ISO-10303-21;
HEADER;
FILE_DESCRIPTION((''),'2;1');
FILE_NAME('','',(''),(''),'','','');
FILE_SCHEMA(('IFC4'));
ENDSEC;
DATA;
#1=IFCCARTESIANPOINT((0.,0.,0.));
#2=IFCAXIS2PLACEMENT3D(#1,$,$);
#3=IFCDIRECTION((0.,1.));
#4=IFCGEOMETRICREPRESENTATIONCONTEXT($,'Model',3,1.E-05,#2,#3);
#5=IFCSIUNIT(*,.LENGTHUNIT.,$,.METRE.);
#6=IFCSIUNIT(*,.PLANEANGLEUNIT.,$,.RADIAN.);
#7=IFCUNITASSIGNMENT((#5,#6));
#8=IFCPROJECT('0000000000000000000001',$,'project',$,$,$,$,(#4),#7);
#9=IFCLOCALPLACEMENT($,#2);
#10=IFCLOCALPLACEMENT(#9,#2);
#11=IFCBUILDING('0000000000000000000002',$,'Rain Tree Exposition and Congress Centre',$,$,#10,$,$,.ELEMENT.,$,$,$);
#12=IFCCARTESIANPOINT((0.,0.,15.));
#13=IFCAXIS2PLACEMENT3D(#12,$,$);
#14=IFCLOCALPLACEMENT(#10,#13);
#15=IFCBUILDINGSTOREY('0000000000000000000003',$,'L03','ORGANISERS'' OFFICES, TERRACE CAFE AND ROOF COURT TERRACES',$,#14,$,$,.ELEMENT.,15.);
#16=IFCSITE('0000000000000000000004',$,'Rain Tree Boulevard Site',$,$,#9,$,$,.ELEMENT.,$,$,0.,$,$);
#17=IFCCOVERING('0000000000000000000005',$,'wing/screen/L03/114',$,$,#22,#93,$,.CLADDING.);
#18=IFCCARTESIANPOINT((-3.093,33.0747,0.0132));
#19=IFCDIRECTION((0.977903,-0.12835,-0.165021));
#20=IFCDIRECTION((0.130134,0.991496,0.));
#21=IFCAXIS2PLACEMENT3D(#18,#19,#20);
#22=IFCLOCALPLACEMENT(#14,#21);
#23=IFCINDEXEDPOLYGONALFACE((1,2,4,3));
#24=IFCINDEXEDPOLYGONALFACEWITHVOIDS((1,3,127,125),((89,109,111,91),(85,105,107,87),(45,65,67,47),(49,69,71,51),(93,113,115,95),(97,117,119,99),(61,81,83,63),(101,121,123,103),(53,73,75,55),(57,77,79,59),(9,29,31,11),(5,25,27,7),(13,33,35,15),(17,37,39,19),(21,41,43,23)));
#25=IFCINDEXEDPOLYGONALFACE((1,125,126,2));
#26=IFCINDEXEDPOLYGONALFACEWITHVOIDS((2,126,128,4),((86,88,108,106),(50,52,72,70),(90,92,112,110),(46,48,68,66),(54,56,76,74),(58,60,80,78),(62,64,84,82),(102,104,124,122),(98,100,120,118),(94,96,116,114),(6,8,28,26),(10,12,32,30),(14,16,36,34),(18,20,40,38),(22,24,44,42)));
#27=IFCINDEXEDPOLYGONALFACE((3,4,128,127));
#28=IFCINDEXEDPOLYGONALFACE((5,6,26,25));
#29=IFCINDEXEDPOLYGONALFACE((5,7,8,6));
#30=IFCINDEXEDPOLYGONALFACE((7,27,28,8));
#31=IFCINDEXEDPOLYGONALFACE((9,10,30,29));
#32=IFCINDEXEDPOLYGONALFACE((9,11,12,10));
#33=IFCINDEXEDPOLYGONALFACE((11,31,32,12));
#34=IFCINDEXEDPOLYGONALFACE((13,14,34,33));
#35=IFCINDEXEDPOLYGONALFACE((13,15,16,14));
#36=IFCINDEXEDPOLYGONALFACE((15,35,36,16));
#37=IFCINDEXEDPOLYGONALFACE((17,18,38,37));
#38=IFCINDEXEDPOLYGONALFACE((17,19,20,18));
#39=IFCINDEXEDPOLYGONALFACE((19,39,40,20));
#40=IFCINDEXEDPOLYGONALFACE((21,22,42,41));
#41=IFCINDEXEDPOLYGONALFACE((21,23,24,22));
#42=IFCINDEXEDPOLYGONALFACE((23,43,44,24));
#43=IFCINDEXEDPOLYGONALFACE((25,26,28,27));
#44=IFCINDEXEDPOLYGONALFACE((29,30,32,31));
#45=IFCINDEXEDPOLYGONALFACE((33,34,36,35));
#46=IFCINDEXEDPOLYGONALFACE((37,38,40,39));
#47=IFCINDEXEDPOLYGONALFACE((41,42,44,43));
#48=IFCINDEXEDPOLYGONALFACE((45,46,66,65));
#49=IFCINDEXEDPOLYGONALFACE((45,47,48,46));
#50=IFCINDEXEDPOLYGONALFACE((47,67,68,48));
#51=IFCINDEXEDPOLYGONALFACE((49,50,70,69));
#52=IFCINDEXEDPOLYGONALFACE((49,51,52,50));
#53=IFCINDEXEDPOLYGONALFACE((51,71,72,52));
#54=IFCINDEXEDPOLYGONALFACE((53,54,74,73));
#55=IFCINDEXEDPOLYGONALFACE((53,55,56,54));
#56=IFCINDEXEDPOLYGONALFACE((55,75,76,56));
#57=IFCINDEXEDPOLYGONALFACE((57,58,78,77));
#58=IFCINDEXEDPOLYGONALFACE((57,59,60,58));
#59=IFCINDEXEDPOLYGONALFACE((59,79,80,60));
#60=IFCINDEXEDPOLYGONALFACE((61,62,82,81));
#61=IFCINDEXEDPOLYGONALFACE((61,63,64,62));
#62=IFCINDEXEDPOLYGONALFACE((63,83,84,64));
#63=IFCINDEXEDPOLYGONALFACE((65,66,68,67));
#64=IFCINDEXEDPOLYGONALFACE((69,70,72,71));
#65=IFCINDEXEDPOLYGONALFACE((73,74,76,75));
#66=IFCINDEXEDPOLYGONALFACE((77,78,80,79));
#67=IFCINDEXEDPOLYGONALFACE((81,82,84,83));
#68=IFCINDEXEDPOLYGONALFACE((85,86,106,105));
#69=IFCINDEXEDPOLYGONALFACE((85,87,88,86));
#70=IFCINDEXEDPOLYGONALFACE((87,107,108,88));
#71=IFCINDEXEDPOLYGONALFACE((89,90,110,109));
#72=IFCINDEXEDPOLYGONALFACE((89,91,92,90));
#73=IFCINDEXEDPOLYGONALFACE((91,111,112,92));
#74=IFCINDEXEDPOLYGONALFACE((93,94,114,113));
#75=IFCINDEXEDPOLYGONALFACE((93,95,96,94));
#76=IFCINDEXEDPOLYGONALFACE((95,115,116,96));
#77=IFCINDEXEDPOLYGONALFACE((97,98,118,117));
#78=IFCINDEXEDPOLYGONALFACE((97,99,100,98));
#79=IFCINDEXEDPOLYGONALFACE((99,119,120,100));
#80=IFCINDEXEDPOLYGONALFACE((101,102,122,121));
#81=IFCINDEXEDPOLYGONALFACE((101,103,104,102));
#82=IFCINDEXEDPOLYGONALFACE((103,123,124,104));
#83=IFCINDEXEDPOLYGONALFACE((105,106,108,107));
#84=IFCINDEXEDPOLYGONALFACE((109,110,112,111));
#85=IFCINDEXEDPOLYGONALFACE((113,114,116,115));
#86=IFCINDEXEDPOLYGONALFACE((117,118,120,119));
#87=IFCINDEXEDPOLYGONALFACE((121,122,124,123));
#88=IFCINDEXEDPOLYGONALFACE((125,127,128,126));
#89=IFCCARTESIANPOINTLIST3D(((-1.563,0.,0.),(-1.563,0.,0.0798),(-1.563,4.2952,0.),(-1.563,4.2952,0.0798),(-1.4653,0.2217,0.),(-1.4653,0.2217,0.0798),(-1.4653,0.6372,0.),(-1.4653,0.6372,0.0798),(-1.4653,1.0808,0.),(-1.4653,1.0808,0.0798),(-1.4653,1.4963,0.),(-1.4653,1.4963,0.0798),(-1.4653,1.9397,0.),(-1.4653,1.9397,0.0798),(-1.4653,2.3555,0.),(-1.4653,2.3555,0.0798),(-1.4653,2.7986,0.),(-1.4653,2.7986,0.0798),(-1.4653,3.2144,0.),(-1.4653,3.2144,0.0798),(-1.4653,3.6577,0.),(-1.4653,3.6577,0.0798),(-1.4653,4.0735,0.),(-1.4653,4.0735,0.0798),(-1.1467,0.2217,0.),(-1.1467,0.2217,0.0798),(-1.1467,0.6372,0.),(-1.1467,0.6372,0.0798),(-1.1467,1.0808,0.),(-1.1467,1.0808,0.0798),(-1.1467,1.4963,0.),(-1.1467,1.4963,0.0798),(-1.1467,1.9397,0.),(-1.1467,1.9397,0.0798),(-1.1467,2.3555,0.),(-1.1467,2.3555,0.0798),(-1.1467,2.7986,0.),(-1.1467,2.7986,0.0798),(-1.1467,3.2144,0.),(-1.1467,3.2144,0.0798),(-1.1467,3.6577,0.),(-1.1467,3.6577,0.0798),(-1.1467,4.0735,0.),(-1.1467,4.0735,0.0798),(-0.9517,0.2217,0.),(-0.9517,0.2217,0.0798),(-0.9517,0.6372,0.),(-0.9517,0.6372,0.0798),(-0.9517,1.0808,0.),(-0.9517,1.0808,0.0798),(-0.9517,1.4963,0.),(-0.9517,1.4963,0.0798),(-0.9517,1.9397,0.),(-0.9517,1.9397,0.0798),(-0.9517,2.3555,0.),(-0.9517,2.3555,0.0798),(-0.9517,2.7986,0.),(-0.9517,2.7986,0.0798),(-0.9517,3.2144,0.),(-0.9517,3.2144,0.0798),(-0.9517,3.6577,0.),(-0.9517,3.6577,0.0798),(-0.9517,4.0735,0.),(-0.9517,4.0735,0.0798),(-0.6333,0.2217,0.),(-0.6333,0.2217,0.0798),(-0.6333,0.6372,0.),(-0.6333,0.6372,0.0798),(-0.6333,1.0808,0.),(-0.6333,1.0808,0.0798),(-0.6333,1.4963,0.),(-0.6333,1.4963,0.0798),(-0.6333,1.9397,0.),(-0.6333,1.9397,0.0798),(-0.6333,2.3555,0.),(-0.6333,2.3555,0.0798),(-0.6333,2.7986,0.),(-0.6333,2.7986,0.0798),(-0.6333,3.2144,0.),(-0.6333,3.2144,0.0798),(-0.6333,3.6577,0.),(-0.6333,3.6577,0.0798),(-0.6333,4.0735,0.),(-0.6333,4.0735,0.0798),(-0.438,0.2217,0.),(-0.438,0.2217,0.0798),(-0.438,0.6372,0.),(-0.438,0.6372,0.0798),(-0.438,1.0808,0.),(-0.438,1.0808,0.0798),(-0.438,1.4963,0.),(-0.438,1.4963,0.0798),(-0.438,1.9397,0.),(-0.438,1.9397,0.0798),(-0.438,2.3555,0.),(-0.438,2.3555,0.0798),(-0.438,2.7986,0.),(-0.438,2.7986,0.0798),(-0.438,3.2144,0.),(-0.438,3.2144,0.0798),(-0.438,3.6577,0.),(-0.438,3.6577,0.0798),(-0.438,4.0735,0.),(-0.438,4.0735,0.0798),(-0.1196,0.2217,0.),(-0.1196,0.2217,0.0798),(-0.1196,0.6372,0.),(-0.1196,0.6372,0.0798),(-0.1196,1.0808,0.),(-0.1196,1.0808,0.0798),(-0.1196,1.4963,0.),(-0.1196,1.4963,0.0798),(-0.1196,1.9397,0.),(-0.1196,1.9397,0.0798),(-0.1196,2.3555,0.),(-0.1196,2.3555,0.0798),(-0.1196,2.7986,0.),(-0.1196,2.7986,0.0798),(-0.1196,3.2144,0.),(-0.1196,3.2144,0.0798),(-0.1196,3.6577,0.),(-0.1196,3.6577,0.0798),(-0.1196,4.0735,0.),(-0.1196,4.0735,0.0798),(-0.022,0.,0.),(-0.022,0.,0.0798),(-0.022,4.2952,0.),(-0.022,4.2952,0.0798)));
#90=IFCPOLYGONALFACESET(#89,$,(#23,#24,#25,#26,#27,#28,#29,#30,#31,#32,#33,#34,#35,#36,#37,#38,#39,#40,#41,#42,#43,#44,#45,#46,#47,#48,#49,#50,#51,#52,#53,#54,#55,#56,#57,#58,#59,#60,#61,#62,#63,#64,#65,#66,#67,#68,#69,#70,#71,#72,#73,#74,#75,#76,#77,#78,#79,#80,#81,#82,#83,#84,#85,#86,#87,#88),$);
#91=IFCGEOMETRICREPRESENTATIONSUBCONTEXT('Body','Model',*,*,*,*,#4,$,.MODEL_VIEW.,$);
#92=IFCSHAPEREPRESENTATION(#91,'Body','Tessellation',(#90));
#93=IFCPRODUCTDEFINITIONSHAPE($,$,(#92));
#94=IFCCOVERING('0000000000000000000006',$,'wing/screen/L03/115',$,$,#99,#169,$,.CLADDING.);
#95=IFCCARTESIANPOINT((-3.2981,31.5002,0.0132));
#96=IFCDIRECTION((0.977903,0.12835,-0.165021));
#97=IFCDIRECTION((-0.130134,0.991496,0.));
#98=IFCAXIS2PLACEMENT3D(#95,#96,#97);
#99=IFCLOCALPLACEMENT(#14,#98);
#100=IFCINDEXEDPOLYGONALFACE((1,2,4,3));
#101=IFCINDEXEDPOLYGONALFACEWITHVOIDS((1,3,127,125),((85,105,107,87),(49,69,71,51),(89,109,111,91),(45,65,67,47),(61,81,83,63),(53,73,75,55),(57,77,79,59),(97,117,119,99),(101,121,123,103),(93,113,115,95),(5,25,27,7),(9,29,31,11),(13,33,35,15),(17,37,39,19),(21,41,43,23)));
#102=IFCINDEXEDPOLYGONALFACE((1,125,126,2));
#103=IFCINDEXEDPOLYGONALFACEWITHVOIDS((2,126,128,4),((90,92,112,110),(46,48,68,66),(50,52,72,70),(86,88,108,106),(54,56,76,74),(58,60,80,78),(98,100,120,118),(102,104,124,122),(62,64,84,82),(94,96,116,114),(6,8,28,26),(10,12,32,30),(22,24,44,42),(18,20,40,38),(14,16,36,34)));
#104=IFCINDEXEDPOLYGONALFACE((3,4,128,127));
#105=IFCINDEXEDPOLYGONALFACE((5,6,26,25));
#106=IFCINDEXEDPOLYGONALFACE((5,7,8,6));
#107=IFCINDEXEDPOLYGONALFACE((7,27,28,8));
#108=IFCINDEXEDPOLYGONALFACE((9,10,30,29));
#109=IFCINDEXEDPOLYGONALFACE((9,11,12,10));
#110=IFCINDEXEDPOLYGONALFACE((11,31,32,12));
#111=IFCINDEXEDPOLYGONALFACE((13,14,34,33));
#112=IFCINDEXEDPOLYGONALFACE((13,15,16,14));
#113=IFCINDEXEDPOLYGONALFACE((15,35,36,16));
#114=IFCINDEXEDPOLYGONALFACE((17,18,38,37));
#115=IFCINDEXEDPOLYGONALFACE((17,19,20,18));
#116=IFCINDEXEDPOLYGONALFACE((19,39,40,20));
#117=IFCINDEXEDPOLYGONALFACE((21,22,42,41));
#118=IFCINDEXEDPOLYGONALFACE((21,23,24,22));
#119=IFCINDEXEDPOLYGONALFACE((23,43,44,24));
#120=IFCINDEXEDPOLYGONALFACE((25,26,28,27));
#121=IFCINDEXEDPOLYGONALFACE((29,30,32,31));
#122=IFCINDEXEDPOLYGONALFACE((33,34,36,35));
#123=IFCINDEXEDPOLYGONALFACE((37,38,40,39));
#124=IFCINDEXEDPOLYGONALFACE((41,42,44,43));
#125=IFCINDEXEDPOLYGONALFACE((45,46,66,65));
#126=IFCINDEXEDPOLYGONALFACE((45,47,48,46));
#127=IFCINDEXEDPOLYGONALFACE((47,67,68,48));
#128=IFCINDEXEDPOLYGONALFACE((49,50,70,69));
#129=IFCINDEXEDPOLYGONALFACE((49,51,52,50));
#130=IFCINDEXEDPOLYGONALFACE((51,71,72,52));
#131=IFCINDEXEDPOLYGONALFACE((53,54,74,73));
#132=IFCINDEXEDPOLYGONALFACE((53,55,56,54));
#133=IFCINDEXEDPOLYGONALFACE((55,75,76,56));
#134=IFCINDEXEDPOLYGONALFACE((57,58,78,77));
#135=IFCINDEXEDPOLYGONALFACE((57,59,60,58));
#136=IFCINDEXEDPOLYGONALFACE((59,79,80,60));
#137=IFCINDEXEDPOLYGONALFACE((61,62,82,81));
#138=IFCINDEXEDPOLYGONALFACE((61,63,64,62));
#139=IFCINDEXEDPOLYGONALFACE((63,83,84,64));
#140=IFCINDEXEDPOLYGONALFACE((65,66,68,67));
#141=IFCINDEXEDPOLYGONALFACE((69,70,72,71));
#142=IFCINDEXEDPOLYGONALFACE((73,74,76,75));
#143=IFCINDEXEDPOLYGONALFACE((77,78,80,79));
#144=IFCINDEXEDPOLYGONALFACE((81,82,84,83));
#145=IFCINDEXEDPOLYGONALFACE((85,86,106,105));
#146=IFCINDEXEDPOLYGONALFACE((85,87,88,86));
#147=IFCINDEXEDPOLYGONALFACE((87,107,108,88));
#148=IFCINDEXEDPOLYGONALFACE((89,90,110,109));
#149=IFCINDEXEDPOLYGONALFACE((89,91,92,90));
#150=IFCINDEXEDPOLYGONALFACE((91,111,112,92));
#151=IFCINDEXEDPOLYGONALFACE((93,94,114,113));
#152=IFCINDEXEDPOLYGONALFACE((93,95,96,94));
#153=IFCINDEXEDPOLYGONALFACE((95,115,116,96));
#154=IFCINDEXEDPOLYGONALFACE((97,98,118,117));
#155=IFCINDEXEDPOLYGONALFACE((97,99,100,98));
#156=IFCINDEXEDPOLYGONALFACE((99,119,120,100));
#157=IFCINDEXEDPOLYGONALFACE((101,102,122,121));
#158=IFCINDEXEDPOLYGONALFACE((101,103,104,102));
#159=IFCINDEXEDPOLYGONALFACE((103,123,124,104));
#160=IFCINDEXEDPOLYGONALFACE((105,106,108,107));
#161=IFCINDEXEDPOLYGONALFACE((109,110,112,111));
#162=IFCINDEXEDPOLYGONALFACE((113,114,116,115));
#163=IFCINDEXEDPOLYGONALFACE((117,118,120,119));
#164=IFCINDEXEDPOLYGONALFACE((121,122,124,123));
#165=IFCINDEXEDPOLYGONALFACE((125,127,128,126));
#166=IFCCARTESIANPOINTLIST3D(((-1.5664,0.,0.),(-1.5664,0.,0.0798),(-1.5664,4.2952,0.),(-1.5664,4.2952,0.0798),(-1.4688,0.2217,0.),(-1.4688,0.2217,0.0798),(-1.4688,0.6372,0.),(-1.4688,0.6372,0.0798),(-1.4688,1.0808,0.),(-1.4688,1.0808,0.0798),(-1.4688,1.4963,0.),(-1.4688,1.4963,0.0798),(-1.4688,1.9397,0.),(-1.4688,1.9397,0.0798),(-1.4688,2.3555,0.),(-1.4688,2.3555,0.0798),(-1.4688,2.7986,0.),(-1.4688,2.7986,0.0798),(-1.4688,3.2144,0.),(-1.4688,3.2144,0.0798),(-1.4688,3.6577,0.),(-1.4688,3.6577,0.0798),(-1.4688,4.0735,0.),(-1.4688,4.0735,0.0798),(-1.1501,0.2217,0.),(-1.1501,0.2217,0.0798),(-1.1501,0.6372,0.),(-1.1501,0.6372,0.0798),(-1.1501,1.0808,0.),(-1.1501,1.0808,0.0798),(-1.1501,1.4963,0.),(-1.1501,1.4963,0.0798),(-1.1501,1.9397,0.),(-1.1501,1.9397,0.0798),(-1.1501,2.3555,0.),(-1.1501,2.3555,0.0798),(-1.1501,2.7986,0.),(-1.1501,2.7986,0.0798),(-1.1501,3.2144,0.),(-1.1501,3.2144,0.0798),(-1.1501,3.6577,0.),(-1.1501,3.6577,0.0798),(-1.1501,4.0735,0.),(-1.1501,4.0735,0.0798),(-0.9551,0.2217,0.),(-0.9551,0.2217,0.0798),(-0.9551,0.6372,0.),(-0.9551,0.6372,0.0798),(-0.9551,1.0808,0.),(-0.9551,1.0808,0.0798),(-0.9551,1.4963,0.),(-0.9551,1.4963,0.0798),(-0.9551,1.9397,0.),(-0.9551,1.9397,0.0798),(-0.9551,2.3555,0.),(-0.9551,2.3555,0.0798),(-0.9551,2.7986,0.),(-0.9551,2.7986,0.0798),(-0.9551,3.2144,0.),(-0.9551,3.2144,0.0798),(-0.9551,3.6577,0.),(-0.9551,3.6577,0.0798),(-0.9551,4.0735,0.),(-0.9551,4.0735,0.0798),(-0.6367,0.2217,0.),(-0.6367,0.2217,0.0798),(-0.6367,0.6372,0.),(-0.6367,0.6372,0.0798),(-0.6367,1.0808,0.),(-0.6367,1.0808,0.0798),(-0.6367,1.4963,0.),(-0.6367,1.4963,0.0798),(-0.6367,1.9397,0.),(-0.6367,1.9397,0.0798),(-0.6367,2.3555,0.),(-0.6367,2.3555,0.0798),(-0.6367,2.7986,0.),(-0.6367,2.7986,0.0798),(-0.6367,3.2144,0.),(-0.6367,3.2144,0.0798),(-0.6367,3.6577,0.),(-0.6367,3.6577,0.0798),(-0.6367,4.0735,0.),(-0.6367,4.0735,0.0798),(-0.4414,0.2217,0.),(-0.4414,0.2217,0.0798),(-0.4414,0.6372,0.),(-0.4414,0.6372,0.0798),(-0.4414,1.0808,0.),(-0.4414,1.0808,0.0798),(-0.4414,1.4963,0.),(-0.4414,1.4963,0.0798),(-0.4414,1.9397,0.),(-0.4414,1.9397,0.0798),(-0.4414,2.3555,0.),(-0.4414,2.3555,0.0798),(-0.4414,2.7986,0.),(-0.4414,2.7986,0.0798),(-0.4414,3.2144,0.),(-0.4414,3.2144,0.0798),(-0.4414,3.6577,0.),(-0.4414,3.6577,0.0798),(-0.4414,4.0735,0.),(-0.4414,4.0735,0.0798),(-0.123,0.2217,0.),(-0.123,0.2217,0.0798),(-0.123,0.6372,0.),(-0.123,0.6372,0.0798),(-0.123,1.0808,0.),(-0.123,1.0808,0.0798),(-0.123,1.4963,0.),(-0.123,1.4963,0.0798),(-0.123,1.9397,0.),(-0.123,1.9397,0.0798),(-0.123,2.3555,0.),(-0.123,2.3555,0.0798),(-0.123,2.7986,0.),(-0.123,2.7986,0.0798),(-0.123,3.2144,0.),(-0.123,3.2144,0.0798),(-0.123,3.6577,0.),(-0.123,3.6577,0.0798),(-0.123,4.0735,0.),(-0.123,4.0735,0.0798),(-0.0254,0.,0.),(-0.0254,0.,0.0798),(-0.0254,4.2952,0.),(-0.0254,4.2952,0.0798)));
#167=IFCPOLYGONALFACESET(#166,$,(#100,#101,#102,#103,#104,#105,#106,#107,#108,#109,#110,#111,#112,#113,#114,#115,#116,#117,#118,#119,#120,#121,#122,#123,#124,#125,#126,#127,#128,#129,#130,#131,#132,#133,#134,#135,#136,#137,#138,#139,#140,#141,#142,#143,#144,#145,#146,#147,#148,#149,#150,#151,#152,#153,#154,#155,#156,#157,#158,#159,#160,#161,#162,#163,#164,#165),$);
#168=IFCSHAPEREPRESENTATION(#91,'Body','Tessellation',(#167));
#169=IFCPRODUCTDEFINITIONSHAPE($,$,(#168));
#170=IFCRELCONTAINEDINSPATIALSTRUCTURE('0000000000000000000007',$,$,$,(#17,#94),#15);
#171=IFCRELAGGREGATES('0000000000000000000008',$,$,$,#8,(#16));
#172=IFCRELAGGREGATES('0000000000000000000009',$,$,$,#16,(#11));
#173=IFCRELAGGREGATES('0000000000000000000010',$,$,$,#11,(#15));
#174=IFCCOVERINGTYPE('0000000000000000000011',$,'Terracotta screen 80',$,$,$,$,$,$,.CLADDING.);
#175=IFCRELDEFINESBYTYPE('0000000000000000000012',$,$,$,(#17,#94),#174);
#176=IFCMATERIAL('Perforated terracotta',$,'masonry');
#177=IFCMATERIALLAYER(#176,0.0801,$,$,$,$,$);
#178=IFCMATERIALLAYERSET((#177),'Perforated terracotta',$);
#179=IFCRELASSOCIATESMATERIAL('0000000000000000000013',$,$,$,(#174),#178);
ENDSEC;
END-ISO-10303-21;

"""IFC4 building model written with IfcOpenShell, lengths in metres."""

from ifc_helpers import new_model, si_unit, direction, frame, origin, place, context, subcontext, project, spatial, polyline, outline, extrude, material, layer, layer_set, type_object, element, save


model = new_model("IFC4")

# Units and contexts
model_context = context("Model", 3, precision=1e-05, world=origin(), true_north=direction((0.0, 1.0)))
body_context = subcontext(model_context, "Body", "Model", "MODEL_VIEW")
ifc_project = project(units=[si_unit("LENGTHUNIT", "METRE"), si_unit("PLANEANGLEUNIT", "RADIAN")], contexts=[model_context])

# Site, building, storey
site_placement = place(None, origin())
site = spatial("IfcSite", under=ifc_project, at=site_placement, Name="Rain Tree Boulevard Site", CompositionType="ELEMENT", RefElevation=0.0)
building_placement = place(site_placement, origin())
building = spatial("IfcBuilding", under=site, at=building_placement, Name="Rain Tree Exposition and Congress Centre", CompositionType="ELEMENT")
storey_placement = place(building_placement, frame((0.0, 0.0, 15.0)))
storey = spatial("IfcBuildingStorey", under=building, at=storey_placement, Name="L03", Description="ORGANISERS' OFFICES, TERRACE CAFE AND ROOF COURT TERRACES", CompositionType="ELEMENT", Elevation=15.0)

# Coverings
ifc_material_1 = material(Name="Perforated terracotta", Category="masonry")
ifc_layer_1 = layer(ifc_material_1, 0.0801)
ifc_layer_set_1 = layer_set([ifc_layer_1], Name="Perforated terracotta")
covering_type = type_object("IfcCoveringType", Name="Terracotta screen 80", PredefinedType="CLADDING", material=ifc_layer_set_1)
covering_1_placement = place(storey_placement, frame((-3.093, 33.0747, 0.0132), z_axis=(0.977903, -0.12835, -0.165021), x_axis=(0.130134, 0.991496, 0.0)))
element("IfcCovering", 1, at=covering_1_placement, inside=storey, type_object=covering_type, Name="wing/screen/L03/114", PredefinedType="CLADDING", context=body_context, shape_type="SweptSolid", body=[
    extrude(outline(polyline([(-1.563, 0.0), (-1.563, 4.2952), (-0.022, 4.2952), (-0.022, 0.0), (-1.563, 0.0)]), holes=[polyline([(-0.1196, 0.2217), (-0.1196, 0.6372), (-0.438, 0.6372), (-0.438, 0.2217), (-0.1196, 0.2217)]), polyline([(-0.1196, 1.0808), (-0.1196, 1.4963), (-0.438, 1.4963), (-0.438, 1.0808), (-0.1196, 1.0808)]), polyline([(-0.1196, 1.9397), (-0.1196, 2.3555), (-0.438, 2.3555), (-0.438, 1.9397), (-0.1196, 1.9397)]), polyline([(-0.1196, 2.7986), (-0.1196, 3.2144), (-0.438, 3.2144), (-0.438, 2.7986), (-0.1196, 2.7986)]), polyline([(-0.1196, 3.6577), (-0.1196, 4.0735), (-0.438, 4.0735), (-0.438, 3.6577), (-0.1196, 3.6577)]), polyline([(-0.6333, 0.2217), (-0.6333, 0.6372), (-0.9517, 0.6372), (-0.9517, 0.2217), (-0.6333, 0.2217)]), polyline([(-0.6333, 1.0808), (-0.6333, 1.4963), (-0.9517, 1.4963), (-0.9517, 1.0808), (-0.6333, 1.0808)]), polyline([(-0.6333, 1.9397), (-0.6333, 2.3555), (-0.9517, 2.3555), (-0.9517, 1.9397), (-0.6333, 1.9397)]), polyline([(-0.6333, 2.7986), (-0.6333, 3.2144), (-0.9517, 3.2144), (-0.9517, 2.7986), (-0.6333, 2.7986)]), polyline([(-0.6333, 3.6577), (-0.6333, 4.0735), (-0.9517, 4.0735), (-0.9517, 3.6577), (-0.6333, 3.6577)]), polyline([(-1.1467, 0.2217), (-1.1467, 0.6372), (-1.4653, 0.6372), (-1.4653, 0.2217), (-1.1467, 0.2217)]), polyline([(-1.1467, 1.0808), (-1.1467, 1.4963), (-1.4653, 1.4963), (-1.4653, 1.0808), (-1.1467, 1.0808)]), polyline([(-1.1467, 1.9397), (-1.1467, 2.3555), (-1.4653, 2.3555), (-1.4653, 1.9397), (-1.1467, 1.9397)]), polyline([(-1.1467, 2.7986), (-1.1467, 3.2144), (-1.4653, 3.2144), (-1.4653, 2.7986), (-1.1467, 2.7986)]), polyline([(-1.1467, 3.6577), (-1.1467, 4.0735), (-1.4653, 4.0735), (-1.4653, 3.6577), (-1.1467, 3.6577)])]), origin(), (0.0, 0.0, 1.0), 0.0798),
])
covering_2_placement = place(storey_placement, frame((-3.2981, 31.5002, 0.0132), z_axis=(0.977903, 0.12835, -0.165021), x_axis=(-0.130134, 0.991496, 0.0)))
element("IfcCovering", 2, at=covering_2_placement, inside=storey, type_object=covering_type, Name="wing/screen/L03/115", PredefinedType="CLADDING", context=body_context, shape_type="SweptSolid", body=[
    extrude(outline(polyline([(-1.5664, 0.0), (-1.5664, 4.2952), (-0.0254, 4.2952), (-0.0254, 0.0), (-1.5664, 0.0)]), holes=[polyline([(-0.123, 0.2217), (-0.123, 0.6372), (-0.4414, 0.6372), (-0.4414, 0.2217), (-0.123, 0.2217)]), polyline([(-0.123, 1.0808), (-0.123, 1.4963), (-0.4414, 1.4963), (-0.4414, 1.0808), (-0.123, 1.0808)]), polyline([(-0.123, 1.9397), (-0.123, 2.3555), (-0.4414, 2.3555), (-0.4414, 1.9397), (-0.123, 1.9397)]), polyline([(-0.123, 2.7986), (-0.123, 3.2144), (-0.4414, 3.2144), (-0.4414, 2.7986), (-0.123, 2.7986)]), polyline([(-0.123, 3.6577), (-0.123, 4.0735), (-0.4414, 4.0735), (-0.4414, 3.6577), (-0.123, 3.6577)]), polyline([(-0.6367, 0.2217), (-0.6367, 0.6372), (-0.9551, 0.6372), (-0.9551, 0.2217), (-0.6367, 0.2217)]), polyline([(-0.6367, 1.0808), (-0.6367, 1.4963), (-0.9551, 1.4963), (-0.9551, 1.0808), (-0.6367, 1.0808)]), polyline([(-0.6367, 1.9397), (-0.6367, 2.3555), (-0.9551, 2.3555), (-0.9551, 1.9397), (-0.6367, 1.9397)]), polyline([(-0.6367, 2.7986), (-0.6367, 3.2144), (-0.9551, 3.2144), (-0.9551, 2.7986), (-0.6367, 2.7986)]), polyline([(-0.6367, 3.6577), (-0.6367, 4.0735), (-0.9551, 4.0735), (-0.9551, 3.6577), (-0.6367, 3.6577)]), polyline([(-1.1501, 0.2217), (-1.1501, 0.6372), (-1.4688, 0.6372), (-1.4688, 0.2217), (-1.1501, 0.2217)]), polyline([(-1.1501, 1.0808), (-1.1501, 1.4963), (-1.4688, 1.4963), (-1.4688, 1.0808), (-1.1501, 1.0808)]), polyline([(-1.1501, 1.9397), (-1.1501, 2.3555), (-1.4688, 2.3555), (-1.4688, 1.9397), (-1.1501, 1.9397)]), polyline([(-1.1501, 2.7986), (-1.1501, 3.2144), (-1.4688, 3.2144), (-1.4688, 2.7986), (-1.1501, 2.7986)]), polyline([(-1.1501, 3.6577), (-1.1501, 4.0735), (-1.4688, 4.0735), (-1.4688, 3.6577), (-1.1501, 3.6577)])]), origin(), (0.0, 0.0, 1.0), 0.0798),
])

save(model, "model.ifc")
